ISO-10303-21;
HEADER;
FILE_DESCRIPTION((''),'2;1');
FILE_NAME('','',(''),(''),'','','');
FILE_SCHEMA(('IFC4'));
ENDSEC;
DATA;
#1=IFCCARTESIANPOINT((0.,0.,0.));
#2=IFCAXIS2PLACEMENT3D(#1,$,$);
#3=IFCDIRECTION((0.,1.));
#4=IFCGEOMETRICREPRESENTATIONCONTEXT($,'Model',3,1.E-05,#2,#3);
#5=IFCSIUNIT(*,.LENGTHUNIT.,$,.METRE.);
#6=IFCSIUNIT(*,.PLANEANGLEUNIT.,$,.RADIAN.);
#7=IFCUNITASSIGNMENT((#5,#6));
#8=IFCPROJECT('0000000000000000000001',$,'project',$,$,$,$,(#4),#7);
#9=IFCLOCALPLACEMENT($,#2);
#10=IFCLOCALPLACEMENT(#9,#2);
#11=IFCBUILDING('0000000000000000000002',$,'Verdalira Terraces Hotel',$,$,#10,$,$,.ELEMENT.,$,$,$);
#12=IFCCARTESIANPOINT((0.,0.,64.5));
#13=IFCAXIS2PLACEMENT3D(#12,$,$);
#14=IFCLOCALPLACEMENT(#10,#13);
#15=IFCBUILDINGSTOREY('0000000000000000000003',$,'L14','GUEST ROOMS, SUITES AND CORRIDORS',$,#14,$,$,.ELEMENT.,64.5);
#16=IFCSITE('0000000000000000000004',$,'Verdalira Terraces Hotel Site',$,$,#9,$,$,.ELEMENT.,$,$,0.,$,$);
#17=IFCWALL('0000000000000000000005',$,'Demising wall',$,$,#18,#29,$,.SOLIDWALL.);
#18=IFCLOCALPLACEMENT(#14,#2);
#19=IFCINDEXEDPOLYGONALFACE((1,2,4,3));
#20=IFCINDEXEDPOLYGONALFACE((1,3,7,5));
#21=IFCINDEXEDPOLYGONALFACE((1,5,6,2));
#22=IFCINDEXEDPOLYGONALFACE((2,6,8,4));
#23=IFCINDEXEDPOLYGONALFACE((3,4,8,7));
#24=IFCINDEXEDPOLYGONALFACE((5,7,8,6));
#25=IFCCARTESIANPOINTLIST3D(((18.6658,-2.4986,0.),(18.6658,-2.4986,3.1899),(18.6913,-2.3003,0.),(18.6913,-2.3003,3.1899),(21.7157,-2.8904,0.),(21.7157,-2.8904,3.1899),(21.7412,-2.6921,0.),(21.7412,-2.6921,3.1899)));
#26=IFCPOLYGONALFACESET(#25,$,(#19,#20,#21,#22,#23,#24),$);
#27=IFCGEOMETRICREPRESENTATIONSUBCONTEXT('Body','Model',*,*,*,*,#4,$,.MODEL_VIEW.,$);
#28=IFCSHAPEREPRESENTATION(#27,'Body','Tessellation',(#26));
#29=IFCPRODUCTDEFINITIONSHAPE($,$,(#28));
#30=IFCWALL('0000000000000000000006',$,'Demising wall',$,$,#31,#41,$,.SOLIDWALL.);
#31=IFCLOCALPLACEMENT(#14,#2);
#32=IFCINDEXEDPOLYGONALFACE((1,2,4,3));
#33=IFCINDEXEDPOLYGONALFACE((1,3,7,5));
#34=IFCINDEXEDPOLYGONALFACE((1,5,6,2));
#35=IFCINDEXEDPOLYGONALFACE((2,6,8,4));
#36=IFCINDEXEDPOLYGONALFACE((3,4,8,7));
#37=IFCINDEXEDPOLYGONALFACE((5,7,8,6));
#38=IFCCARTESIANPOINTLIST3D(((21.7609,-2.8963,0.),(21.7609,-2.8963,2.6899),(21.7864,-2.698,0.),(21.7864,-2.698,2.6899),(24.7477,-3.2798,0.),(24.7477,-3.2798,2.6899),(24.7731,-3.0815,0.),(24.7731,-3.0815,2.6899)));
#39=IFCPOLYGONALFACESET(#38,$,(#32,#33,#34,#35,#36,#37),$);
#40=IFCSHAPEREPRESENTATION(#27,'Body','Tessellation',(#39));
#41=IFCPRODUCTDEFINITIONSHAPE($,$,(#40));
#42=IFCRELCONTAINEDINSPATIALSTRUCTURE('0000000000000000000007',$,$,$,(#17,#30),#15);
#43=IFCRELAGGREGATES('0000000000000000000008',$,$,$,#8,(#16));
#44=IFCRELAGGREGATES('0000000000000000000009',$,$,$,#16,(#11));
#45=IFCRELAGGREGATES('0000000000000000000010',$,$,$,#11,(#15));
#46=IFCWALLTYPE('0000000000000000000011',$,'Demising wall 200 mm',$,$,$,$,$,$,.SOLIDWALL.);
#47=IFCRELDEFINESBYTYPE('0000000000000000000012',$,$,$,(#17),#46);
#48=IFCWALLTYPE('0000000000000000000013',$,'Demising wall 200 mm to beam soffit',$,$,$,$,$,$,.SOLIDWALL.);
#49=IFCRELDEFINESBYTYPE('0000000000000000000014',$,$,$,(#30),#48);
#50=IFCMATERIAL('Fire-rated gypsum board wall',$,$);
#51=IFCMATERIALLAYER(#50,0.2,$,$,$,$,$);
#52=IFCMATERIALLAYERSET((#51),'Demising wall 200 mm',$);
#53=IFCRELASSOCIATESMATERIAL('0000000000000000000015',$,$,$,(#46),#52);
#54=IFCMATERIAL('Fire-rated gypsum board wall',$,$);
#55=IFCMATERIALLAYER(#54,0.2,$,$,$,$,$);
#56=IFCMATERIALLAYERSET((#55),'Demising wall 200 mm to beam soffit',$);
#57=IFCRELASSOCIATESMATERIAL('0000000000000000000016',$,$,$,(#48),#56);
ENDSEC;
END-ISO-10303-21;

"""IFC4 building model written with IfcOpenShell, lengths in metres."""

from ifc_helpers import new_model, si_unit, direction, frame, frame_2d, origin, place, context, subcontext, project, spatial, rectangle, extrude, material, layer, layer_set, type_object, element, save


model = new_model("IFC4")

# Units and contexts
model_context = context("Model", 3, precision=1e-05, world=origin(), true_north=direction((0.0, 1.0)))
body_context = subcontext(model_context, "Body", "Model", "MODEL_VIEW")
ifc_project = project(units=[si_unit("LENGTHUNIT", "METRE"), si_unit("PLANEANGLEUNIT", "RADIAN")], contexts=[model_context])

# Site, building, storey
site_placement = place(None, origin())
site = spatial("IfcSite", under=ifc_project, at=site_placement, Name="Verdalira Terraces Hotel Site", CompositionType="ELEMENT", RefElevation=0.0)
building_placement = place(site_placement, origin())
building = spatial("IfcBuilding", under=site, at=building_placement, Name="Verdalira Terraces Hotel", CompositionType="ELEMENT")
storey_placement = place(building_placement, frame((0.0, 0.0, 64.5)))
storey = spatial("IfcBuildingStorey", under=building, at=storey_placement, Name="L14", Description="GUEST ROOMS, SUITES AND CORRIDORS", CompositionType="ELEMENT", Elevation=64.5)

# Walls
ifc_material_1 = material(Name="Fire-rated gypsum board wall")
ifc_layer_1 = layer(ifc_material_1, 0.2)
ifc_layer_set_1 = layer_set([ifc_layer_1], Name="Demising wall 200 mm")
wall_type_1 = type_object("IfcWallType", Name="Demising wall 200 mm", PredefinedType="SOLIDWALL", material=ifc_layer_set_1)
wall_1_placement = place(storey_placement, frame((18.6785, -2.3994, 0.0), z_axis=(0.0, 0.0, 1.0), x_axis=(0.991847, -0.127435, 0.0)))
element("IfcWall", 1, at=wall_1_placement, inside=storey, type_object=wall_type_1, Name="Demising wall", PredefinedType="SOLIDWALL", context=body_context, shape_type="SweptSolid", body=[
    extrude(rectangle(XDim=3.075, YDim=0.2, at=frame_2d((1.5376, 0.0))), origin(), (0.0, 0.0, 1.0), 3.1899),
])
ifc_material_2 = material(Name="Fire-rated gypsum board wall")
ifc_layer_2 = layer(ifc_material_2, 0.2)
ifc_layer_set_2 = layer_set([ifc_layer_2], Name="Demising wall 200 mm to beam soffit")
wall_type_2 = type_object("IfcWallType", Name="Demising wall 200 mm to beam soffit", PredefinedType="SOLIDWALL", material=ifc_layer_set_2)
wall_2_placement = place(storey_placement, frame((21.7737, -2.7971, 0.0), z_axis=(0.0, 0.0, 1.0), x_axis=(0.991856, -0.127367, 0.0)))
element("IfcWall", 2, at=wall_2_placement, inside=storey, type_object=wall_type_2, Name="Demising wall", PredefinedType="SOLIDWALL", context=body_context, shape_type="SweptSolid", body=[
    extrude(rectangle(XDim=3.0112, YDim=0.2, at=frame_2d((1.5056, 0.0))), origin(), (0.0, 0.0, 1.0), 2.6899),
])

save(model, "model.ifc")
